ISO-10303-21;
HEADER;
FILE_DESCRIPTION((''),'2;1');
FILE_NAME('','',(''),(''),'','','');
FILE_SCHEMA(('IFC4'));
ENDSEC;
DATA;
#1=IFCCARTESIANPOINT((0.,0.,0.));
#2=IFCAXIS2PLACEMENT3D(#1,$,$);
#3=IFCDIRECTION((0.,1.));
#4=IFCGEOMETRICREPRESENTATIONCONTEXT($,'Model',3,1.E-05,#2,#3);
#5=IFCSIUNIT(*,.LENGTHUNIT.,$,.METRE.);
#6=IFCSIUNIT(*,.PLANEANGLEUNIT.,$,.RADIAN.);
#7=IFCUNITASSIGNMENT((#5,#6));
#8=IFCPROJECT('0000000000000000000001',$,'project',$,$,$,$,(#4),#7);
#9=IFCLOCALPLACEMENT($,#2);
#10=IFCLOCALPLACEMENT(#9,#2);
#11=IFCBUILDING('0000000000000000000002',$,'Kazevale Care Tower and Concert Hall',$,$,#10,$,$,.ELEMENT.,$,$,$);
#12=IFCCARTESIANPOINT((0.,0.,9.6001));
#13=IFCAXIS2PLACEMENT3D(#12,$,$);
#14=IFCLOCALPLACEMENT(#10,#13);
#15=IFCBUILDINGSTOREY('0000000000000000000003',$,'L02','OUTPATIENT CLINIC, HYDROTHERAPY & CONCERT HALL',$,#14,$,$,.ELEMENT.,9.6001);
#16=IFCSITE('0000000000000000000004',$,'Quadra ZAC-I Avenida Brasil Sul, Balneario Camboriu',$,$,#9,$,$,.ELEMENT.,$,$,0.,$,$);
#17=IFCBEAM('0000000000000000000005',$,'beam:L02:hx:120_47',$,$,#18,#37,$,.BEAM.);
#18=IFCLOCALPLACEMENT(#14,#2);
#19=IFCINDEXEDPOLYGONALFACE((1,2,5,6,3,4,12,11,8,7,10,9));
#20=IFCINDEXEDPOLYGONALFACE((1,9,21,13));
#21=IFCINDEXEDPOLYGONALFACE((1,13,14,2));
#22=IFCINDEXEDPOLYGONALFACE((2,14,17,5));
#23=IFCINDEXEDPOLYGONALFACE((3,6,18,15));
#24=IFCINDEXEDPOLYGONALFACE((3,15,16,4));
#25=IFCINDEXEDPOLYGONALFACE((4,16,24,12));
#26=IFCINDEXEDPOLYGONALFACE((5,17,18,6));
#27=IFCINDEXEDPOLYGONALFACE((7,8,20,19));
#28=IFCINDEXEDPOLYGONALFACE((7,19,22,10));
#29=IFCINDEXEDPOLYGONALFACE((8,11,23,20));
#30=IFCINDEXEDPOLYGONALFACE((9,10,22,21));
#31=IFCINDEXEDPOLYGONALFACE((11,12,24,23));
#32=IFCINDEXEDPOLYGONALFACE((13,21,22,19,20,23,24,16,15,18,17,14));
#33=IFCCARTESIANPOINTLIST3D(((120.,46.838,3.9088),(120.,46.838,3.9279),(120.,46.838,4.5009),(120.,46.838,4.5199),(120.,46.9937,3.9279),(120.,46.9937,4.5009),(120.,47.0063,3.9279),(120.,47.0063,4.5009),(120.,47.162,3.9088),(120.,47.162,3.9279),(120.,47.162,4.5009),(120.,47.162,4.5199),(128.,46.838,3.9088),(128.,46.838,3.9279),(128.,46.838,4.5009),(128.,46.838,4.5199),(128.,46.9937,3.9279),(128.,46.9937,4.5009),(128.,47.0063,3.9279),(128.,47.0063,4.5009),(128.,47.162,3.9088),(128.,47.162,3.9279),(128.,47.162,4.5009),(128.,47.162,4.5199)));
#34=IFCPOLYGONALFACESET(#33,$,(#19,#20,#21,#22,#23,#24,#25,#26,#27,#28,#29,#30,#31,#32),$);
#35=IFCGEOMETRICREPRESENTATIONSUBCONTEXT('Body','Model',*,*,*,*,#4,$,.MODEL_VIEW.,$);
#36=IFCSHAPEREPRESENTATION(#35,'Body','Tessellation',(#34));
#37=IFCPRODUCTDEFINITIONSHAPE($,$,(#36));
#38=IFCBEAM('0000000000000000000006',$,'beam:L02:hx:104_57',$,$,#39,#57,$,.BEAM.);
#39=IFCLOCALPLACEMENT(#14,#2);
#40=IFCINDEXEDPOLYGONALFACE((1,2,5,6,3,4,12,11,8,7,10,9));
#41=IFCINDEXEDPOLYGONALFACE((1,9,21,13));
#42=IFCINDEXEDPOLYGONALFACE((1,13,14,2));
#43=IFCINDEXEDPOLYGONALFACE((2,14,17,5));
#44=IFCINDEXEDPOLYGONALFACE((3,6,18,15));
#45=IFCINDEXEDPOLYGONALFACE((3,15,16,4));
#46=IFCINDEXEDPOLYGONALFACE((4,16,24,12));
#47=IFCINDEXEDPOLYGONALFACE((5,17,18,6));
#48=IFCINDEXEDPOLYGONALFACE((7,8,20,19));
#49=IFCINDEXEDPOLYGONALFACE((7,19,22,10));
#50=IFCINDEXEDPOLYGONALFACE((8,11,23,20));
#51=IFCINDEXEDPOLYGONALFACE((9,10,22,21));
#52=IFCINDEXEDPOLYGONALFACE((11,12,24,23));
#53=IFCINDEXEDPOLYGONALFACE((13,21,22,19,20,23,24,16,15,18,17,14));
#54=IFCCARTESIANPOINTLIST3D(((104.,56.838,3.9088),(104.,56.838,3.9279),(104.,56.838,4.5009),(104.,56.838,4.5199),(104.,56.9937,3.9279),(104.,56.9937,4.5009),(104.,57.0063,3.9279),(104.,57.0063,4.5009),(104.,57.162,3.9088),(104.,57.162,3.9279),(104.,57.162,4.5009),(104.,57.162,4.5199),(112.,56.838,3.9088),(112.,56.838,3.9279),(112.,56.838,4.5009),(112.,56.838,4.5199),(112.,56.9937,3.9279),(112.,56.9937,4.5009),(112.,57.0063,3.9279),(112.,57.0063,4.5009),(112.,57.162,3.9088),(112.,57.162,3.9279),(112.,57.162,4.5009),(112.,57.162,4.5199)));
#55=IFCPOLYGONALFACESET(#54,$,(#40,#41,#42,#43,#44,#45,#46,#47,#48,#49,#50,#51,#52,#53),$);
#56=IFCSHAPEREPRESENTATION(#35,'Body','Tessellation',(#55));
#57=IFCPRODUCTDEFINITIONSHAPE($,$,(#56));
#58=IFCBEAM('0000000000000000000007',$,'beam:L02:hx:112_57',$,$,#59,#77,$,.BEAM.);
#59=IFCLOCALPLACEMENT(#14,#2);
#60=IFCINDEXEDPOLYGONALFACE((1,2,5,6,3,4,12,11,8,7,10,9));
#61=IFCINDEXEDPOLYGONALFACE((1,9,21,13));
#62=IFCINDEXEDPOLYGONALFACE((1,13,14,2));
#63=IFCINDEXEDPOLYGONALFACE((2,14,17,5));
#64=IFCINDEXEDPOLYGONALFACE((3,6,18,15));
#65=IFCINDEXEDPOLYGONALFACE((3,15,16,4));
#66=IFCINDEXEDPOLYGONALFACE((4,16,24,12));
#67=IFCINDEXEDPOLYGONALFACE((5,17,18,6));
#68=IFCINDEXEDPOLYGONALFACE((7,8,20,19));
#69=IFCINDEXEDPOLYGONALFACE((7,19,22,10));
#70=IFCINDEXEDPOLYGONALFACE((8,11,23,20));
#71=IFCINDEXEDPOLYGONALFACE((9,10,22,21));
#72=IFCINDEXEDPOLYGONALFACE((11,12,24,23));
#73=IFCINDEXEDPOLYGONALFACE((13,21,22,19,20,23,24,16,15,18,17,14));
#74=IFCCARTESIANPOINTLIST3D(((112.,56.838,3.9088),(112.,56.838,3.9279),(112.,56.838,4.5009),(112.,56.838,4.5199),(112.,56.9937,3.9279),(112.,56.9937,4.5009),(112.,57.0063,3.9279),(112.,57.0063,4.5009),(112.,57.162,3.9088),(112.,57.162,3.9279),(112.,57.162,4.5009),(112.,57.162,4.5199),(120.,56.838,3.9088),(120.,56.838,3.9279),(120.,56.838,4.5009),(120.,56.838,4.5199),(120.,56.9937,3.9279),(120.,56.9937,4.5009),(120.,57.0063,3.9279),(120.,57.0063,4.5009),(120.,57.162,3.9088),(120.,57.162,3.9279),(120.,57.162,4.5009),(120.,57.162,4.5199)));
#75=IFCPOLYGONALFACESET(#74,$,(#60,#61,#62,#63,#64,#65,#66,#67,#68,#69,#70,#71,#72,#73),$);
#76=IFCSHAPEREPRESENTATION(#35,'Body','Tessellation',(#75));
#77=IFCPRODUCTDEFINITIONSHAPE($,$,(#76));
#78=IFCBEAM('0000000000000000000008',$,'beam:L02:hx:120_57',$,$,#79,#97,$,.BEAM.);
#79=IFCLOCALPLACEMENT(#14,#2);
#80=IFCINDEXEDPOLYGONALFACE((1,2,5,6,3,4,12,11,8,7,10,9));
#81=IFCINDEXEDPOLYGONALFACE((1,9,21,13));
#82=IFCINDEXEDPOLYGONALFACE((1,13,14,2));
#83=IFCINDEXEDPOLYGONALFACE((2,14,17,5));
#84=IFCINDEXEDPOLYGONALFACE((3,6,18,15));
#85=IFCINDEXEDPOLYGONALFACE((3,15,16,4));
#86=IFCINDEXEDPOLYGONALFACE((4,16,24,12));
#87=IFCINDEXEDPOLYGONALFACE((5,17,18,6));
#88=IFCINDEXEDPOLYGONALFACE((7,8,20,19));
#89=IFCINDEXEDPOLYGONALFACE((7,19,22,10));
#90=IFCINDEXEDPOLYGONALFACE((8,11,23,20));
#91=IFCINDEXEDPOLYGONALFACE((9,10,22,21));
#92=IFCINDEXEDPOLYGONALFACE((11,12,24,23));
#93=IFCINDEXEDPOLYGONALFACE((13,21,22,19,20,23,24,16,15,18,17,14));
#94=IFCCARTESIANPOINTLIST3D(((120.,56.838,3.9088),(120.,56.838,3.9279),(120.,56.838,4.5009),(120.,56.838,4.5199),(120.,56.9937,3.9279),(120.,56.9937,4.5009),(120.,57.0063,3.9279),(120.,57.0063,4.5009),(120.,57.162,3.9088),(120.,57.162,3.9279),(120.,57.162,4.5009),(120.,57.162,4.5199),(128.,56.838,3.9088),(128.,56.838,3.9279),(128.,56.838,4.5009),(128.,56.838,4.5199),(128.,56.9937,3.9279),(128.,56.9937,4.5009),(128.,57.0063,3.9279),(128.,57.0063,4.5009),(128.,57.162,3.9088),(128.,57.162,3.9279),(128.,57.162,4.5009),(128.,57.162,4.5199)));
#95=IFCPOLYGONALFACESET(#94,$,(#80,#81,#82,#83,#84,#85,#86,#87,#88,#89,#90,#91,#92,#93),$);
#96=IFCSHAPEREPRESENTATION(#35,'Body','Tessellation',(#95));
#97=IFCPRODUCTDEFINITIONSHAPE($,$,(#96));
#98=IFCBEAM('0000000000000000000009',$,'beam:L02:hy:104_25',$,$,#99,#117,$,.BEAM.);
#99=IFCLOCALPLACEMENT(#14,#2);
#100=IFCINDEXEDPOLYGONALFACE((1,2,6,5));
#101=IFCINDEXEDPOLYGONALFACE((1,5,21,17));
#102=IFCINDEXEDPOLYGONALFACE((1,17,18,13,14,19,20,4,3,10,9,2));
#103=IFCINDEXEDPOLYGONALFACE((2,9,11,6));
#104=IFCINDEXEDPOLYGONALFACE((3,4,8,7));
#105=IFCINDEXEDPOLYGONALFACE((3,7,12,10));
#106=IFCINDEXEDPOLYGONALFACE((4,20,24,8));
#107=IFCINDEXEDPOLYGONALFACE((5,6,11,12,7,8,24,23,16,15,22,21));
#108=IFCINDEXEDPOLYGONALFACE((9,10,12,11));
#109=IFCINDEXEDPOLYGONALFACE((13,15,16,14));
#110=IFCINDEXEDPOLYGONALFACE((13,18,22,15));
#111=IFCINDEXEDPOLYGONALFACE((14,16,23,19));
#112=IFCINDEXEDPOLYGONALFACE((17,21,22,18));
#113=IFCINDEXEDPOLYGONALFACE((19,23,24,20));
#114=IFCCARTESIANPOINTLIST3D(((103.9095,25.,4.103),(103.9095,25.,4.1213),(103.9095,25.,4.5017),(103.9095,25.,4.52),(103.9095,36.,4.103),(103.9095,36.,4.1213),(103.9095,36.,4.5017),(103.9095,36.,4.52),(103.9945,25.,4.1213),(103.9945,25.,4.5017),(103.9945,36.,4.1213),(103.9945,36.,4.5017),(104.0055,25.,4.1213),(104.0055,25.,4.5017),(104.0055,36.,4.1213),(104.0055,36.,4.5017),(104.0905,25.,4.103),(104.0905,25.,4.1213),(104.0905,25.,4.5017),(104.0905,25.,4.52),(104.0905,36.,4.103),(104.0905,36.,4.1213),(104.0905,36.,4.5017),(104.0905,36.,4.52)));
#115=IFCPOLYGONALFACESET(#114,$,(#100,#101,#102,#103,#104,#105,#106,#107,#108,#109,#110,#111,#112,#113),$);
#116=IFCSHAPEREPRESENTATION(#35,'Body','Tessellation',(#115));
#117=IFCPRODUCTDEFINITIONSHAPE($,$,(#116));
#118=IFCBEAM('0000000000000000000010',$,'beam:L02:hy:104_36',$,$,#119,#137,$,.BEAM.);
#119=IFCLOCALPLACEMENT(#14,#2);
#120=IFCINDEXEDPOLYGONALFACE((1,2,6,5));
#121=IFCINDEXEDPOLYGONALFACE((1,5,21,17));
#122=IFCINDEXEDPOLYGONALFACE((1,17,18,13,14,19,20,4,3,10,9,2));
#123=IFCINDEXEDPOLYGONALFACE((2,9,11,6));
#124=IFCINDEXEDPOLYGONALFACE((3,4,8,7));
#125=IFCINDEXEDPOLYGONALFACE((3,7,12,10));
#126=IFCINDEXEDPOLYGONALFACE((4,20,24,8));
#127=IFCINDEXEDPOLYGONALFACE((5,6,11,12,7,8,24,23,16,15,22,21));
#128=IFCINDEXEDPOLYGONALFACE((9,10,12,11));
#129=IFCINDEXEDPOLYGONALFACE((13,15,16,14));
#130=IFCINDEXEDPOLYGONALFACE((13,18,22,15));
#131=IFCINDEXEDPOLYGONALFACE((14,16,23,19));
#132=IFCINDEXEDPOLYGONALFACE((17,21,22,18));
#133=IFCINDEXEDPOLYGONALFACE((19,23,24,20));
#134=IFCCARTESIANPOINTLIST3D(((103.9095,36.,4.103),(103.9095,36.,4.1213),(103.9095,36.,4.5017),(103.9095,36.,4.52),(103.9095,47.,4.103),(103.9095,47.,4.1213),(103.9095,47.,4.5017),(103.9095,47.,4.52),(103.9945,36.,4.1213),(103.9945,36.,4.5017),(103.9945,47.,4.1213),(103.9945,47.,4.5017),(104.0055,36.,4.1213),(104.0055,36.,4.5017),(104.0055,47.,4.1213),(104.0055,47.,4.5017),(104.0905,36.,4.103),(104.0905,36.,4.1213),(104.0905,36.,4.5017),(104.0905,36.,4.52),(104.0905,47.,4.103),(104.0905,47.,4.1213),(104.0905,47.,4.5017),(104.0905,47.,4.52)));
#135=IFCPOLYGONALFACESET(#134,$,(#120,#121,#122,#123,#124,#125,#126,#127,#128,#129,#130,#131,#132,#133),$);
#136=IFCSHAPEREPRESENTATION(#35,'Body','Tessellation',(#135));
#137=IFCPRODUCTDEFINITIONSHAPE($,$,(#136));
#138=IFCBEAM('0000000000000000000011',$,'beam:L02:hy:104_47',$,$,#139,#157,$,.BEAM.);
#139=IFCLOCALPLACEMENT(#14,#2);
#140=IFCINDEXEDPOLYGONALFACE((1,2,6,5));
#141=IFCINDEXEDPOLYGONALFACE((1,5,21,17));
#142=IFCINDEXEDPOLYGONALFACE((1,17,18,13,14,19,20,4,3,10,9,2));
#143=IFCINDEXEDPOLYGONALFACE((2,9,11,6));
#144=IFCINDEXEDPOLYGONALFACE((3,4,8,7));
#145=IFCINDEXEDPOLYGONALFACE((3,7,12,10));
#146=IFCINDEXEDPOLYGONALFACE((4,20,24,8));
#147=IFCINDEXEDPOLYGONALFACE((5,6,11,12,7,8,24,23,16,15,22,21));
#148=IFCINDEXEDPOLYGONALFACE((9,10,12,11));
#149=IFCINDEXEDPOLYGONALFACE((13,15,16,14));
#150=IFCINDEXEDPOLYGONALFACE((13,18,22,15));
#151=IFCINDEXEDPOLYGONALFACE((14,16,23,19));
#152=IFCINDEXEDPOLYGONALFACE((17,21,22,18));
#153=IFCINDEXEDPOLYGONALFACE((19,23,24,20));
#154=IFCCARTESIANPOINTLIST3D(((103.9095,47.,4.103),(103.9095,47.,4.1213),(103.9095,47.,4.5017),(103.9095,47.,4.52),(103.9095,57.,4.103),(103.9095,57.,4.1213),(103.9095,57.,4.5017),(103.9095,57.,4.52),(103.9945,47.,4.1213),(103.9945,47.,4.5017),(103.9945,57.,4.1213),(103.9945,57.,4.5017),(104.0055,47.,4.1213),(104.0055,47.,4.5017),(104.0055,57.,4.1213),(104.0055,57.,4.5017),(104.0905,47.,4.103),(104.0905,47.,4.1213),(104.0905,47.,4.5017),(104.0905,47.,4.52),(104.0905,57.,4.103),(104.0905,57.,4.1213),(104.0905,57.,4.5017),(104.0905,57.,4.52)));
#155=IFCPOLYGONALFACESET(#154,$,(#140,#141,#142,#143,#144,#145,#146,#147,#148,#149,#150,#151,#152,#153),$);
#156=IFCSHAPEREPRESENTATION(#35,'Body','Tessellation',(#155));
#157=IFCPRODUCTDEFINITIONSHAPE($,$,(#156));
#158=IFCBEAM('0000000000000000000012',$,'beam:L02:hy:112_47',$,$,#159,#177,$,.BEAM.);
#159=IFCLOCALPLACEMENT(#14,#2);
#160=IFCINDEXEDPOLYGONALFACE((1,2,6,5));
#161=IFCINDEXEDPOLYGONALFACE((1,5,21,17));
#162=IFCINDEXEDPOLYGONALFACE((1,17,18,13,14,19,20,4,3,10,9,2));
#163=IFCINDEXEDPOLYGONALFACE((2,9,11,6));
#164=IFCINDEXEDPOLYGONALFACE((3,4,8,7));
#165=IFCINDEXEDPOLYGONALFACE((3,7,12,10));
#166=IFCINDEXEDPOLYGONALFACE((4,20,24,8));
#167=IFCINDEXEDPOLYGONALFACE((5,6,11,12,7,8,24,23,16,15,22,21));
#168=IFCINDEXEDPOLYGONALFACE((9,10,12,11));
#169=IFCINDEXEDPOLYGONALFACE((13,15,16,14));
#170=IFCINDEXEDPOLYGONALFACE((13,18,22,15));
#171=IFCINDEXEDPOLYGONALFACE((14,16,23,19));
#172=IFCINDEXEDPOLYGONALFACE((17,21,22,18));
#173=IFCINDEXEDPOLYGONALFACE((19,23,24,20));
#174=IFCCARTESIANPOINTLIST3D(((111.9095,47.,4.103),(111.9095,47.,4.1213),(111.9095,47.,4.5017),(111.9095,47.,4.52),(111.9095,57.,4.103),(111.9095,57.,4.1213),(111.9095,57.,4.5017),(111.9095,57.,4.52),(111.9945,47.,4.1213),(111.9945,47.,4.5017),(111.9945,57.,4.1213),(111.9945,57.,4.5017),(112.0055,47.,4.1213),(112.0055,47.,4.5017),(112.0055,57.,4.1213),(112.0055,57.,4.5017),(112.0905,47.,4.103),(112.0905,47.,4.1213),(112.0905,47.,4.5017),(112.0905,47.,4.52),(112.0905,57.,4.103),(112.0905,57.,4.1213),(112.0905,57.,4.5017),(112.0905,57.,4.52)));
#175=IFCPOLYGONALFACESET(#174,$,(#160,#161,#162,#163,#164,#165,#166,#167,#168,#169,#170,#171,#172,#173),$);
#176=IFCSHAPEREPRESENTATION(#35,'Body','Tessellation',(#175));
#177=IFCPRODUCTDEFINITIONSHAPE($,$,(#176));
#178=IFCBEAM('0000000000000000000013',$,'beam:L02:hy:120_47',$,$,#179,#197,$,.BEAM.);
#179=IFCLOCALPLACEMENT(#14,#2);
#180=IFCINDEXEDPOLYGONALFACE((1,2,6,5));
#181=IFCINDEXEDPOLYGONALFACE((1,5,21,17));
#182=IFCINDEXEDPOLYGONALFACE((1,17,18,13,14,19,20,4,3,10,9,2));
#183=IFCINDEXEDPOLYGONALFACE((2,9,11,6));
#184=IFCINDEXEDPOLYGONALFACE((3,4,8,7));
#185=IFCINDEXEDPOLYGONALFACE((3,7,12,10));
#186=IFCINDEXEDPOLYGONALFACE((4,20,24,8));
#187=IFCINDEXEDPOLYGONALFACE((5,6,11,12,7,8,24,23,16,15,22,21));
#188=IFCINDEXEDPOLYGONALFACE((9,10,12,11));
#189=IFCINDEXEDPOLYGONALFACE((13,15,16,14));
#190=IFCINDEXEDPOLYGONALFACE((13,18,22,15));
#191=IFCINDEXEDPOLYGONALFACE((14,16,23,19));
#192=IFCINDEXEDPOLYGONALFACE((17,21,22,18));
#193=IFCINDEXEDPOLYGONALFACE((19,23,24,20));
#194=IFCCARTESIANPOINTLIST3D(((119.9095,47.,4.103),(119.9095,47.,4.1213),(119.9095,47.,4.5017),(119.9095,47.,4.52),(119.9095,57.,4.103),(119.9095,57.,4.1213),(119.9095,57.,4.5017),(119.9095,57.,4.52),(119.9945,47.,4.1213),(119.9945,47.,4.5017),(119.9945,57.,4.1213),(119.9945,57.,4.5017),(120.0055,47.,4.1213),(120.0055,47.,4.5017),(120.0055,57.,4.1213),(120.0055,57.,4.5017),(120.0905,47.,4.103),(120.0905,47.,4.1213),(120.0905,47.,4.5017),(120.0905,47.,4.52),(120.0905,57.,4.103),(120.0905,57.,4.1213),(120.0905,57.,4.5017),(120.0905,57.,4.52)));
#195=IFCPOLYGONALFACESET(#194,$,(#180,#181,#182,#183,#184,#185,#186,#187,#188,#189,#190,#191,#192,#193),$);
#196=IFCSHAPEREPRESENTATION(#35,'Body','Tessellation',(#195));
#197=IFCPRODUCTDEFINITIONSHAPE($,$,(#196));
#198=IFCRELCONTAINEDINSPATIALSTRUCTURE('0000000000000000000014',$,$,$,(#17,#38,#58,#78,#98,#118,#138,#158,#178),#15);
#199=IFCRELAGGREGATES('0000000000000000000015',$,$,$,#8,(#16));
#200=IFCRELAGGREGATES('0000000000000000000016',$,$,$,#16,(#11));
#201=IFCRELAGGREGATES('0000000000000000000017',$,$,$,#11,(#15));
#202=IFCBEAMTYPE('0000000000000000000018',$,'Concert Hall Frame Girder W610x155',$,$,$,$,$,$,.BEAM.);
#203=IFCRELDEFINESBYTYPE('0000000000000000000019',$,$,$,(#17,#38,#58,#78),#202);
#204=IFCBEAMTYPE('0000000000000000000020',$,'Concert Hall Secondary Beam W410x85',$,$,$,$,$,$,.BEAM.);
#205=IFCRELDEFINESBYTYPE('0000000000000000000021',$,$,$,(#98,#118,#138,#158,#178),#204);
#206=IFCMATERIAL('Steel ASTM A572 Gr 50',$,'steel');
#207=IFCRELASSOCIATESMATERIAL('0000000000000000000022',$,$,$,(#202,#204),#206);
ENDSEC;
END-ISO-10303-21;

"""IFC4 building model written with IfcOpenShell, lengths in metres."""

from ifc_helpers import new_model, si_unit, direction, frame, origin, origin_2d, place, context, subcontext, project, spatial, i_section, extrude, material, material_profile, profile_set, type_object, element, save


model = new_model("IFC4")

# Units and contexts
model_context = context("Model", 3, precision=1e-05, world=origin(), true_north=direction((0.0, 1.0)))
body_context = subcontext(model_context, "Body", "Model", "MODEL_VIEW")
ifc_project = project(units=[si_unit("LENGTHUNIT", "METRE"), si_unit("PLANEANGLEUNIT", "RADIAN")], contexts=[model_context])

# Site, building, storey
site_placement = place(None, origin())
site = spatial("IfcSite", under=ifc_project, at=site_placement, Name="Quadra ZAC-I Avenida Brasil Sul, Balneario Camboriu", CompositionType="ELEMENT", RefElevation=0.0)
building_placement = place(site_placement, origin())
building = spatial("IfcBuilding", under=site, at=building_placement, Name="Kazevale Care Tower and Concert Hall", CompositionType="ELEMENT")
storey_placement = place(building_placement, frame((0.0, 0.0, 9.6001)))
storey = spatial("IfcBuildingStorey", under=building, at=storey_placement, Name="L02", Description="OUTPATIENT CLINIC, HYDROTHERAPY & CONCERT HALL", CompositionType="ELEMENT", Elevation=9.6001)

# Beams
ifc_material_1 = material(Name="Steel ASTM A572 Gr 50", Category="steel")
ifc_material_profile_1 = material_profile(ifc_material_1, i_section(OverallWidth=0.324, OverallDepth=0.6111, WebThickness=0.0127, FlangeThickness=0.019, at=origin_2d()), Name="W610x155")
ifc_profile_set_1 = profile_set([ifc_material_profile_1], Name="Steel ASTM A572 Gr 50")
beam_type_1 = type_object("IfcBeamType", Name="Concert Hall Frame Girder W610x155", PredefinedType="BEAM", material=ifc_profile_set_1)
for number, where, z_axis, x_axis, name in (
    (1, (120.0, 47.0, 4.2144), (1.0, 0.0, 0.0), (0.0, 1.0, 0.0), "beam:L02:hx:120_47"),
    (2, (104.0, 57.0, 4.2144), (1.0, 0.0, 0.0), (0.0, 1.0, 0.0), "beam:L02:hx:104_57"),
    (3, (112.0, 57.0, 4.2144), (1.0, 0.0, 0.0), (0.0, 1.0, 0.0), "beam:L02:hx:112_57"),
    (4, (120.0, 57.0, 4.2144), (1.0, 0.0, 0.0), (0.0, 1.0, 0.0), "beam:L02:hx:120_57"),
):
    element("IfcBeam", number, at=place(storey_placement, frame(where, z_axis=z_axis, x_axis=x_axis)), inside=storey, type_object=beam_type_1, Name=name, PredefinedType="BEAM", context=body_context, shape_type="SweptSolid", body=[
        extrude(i_section(OverallWidth=0.324, OverallDepth=0.6111, WebThickness=0.0127, FlangeThickness=0.019, at=origin_2d()), origin(), (0.0, 0.0, 1.0), 8.0),
    ])
ifc_material_profile_2 = material_profile(ifc_material_1, i_section(OverallWidth=0.1809, OverallDepth=0.417, WebThickness=0.011, FlangeThickness=0.0183, at=origin_2d()), Name="W410x85")
ifc_profile_set_2 = profile_set([ifc_material_profile_2], Name="Steel ASTM A572 Gr 50")
beam_type_2 = type_object("IfcBeamType", Name="Concert Hall Secondary Beam W410x85", PredefinedType="BEAM", material=ifc_profile_set_2)
for number, where, z_axis, x_axis, name in (
    (5, (104.0, 25.0, 4.3115), (0.0, 1.0, 0.0), (-1.0, 0.0, 0.0), "beam:L02:hy:104_25"),
    (6, (104.0, 36.0, 4.3115), (0.0, 1.0, 0.0), (-1.0, 0.0, 0.0), "beam:L02:hy:104_36"),
):
    element("IfcBeam", number, at=place(storey_placement, frame(where, z_axis=z_axis, x_axis=x_axis)), inside=storey, type_object=beam_type_2, Name=name, PredefinedType="BEAM", context=body_context, shape_type="SweptSolid", body=[
        extrude(i_section(OverallWidth=0.1809, OverallDepth=0.417, WebThickness=0.011, FlangeThickness=0.0183, at=origin_2d()), origin(), (0.0, 0.0, 1.0), 11.0),
    ])
for number, where, z_axis, x_axis, name in (
    (7, (104.0, 47.0, 4.3115), (0.0, 1.0, 0.0), (-1.0, 0.0, 0.0), "beam:L02:hy:104_47"),
    (8, (112.0, 47.0, 4.3115), (0.0, 1.0, 0.0), (-1.0, 0.0, 0.0), "beam:L02:hy:112_47"),
    (9, (120.0, 47.0, 4.3115), (0.0, 1.0, 0.0), (-1.0, 0.0, 0.0), "beam:L02:hy:120_47"),
):
    element("IfcBeam", number, at=place(storey_placement, frame(where, z_axis=z_axis, x_axis=x_axis)), inside=storey, type_object=beam_type_2, Name=name, PredefinedType="BEAM", context=body_context, shape_type="SweptSolid", body=[
        extrude(i_section(OverallWidth=0.1809, OverallDepth=0.417, WebThickness=0.011, FlangeThickness=0.0183, at=origin_2d()), origin(), (0.0, 0.0, 1.0), 10.0),
    ])

save(model, "model.ifc")
